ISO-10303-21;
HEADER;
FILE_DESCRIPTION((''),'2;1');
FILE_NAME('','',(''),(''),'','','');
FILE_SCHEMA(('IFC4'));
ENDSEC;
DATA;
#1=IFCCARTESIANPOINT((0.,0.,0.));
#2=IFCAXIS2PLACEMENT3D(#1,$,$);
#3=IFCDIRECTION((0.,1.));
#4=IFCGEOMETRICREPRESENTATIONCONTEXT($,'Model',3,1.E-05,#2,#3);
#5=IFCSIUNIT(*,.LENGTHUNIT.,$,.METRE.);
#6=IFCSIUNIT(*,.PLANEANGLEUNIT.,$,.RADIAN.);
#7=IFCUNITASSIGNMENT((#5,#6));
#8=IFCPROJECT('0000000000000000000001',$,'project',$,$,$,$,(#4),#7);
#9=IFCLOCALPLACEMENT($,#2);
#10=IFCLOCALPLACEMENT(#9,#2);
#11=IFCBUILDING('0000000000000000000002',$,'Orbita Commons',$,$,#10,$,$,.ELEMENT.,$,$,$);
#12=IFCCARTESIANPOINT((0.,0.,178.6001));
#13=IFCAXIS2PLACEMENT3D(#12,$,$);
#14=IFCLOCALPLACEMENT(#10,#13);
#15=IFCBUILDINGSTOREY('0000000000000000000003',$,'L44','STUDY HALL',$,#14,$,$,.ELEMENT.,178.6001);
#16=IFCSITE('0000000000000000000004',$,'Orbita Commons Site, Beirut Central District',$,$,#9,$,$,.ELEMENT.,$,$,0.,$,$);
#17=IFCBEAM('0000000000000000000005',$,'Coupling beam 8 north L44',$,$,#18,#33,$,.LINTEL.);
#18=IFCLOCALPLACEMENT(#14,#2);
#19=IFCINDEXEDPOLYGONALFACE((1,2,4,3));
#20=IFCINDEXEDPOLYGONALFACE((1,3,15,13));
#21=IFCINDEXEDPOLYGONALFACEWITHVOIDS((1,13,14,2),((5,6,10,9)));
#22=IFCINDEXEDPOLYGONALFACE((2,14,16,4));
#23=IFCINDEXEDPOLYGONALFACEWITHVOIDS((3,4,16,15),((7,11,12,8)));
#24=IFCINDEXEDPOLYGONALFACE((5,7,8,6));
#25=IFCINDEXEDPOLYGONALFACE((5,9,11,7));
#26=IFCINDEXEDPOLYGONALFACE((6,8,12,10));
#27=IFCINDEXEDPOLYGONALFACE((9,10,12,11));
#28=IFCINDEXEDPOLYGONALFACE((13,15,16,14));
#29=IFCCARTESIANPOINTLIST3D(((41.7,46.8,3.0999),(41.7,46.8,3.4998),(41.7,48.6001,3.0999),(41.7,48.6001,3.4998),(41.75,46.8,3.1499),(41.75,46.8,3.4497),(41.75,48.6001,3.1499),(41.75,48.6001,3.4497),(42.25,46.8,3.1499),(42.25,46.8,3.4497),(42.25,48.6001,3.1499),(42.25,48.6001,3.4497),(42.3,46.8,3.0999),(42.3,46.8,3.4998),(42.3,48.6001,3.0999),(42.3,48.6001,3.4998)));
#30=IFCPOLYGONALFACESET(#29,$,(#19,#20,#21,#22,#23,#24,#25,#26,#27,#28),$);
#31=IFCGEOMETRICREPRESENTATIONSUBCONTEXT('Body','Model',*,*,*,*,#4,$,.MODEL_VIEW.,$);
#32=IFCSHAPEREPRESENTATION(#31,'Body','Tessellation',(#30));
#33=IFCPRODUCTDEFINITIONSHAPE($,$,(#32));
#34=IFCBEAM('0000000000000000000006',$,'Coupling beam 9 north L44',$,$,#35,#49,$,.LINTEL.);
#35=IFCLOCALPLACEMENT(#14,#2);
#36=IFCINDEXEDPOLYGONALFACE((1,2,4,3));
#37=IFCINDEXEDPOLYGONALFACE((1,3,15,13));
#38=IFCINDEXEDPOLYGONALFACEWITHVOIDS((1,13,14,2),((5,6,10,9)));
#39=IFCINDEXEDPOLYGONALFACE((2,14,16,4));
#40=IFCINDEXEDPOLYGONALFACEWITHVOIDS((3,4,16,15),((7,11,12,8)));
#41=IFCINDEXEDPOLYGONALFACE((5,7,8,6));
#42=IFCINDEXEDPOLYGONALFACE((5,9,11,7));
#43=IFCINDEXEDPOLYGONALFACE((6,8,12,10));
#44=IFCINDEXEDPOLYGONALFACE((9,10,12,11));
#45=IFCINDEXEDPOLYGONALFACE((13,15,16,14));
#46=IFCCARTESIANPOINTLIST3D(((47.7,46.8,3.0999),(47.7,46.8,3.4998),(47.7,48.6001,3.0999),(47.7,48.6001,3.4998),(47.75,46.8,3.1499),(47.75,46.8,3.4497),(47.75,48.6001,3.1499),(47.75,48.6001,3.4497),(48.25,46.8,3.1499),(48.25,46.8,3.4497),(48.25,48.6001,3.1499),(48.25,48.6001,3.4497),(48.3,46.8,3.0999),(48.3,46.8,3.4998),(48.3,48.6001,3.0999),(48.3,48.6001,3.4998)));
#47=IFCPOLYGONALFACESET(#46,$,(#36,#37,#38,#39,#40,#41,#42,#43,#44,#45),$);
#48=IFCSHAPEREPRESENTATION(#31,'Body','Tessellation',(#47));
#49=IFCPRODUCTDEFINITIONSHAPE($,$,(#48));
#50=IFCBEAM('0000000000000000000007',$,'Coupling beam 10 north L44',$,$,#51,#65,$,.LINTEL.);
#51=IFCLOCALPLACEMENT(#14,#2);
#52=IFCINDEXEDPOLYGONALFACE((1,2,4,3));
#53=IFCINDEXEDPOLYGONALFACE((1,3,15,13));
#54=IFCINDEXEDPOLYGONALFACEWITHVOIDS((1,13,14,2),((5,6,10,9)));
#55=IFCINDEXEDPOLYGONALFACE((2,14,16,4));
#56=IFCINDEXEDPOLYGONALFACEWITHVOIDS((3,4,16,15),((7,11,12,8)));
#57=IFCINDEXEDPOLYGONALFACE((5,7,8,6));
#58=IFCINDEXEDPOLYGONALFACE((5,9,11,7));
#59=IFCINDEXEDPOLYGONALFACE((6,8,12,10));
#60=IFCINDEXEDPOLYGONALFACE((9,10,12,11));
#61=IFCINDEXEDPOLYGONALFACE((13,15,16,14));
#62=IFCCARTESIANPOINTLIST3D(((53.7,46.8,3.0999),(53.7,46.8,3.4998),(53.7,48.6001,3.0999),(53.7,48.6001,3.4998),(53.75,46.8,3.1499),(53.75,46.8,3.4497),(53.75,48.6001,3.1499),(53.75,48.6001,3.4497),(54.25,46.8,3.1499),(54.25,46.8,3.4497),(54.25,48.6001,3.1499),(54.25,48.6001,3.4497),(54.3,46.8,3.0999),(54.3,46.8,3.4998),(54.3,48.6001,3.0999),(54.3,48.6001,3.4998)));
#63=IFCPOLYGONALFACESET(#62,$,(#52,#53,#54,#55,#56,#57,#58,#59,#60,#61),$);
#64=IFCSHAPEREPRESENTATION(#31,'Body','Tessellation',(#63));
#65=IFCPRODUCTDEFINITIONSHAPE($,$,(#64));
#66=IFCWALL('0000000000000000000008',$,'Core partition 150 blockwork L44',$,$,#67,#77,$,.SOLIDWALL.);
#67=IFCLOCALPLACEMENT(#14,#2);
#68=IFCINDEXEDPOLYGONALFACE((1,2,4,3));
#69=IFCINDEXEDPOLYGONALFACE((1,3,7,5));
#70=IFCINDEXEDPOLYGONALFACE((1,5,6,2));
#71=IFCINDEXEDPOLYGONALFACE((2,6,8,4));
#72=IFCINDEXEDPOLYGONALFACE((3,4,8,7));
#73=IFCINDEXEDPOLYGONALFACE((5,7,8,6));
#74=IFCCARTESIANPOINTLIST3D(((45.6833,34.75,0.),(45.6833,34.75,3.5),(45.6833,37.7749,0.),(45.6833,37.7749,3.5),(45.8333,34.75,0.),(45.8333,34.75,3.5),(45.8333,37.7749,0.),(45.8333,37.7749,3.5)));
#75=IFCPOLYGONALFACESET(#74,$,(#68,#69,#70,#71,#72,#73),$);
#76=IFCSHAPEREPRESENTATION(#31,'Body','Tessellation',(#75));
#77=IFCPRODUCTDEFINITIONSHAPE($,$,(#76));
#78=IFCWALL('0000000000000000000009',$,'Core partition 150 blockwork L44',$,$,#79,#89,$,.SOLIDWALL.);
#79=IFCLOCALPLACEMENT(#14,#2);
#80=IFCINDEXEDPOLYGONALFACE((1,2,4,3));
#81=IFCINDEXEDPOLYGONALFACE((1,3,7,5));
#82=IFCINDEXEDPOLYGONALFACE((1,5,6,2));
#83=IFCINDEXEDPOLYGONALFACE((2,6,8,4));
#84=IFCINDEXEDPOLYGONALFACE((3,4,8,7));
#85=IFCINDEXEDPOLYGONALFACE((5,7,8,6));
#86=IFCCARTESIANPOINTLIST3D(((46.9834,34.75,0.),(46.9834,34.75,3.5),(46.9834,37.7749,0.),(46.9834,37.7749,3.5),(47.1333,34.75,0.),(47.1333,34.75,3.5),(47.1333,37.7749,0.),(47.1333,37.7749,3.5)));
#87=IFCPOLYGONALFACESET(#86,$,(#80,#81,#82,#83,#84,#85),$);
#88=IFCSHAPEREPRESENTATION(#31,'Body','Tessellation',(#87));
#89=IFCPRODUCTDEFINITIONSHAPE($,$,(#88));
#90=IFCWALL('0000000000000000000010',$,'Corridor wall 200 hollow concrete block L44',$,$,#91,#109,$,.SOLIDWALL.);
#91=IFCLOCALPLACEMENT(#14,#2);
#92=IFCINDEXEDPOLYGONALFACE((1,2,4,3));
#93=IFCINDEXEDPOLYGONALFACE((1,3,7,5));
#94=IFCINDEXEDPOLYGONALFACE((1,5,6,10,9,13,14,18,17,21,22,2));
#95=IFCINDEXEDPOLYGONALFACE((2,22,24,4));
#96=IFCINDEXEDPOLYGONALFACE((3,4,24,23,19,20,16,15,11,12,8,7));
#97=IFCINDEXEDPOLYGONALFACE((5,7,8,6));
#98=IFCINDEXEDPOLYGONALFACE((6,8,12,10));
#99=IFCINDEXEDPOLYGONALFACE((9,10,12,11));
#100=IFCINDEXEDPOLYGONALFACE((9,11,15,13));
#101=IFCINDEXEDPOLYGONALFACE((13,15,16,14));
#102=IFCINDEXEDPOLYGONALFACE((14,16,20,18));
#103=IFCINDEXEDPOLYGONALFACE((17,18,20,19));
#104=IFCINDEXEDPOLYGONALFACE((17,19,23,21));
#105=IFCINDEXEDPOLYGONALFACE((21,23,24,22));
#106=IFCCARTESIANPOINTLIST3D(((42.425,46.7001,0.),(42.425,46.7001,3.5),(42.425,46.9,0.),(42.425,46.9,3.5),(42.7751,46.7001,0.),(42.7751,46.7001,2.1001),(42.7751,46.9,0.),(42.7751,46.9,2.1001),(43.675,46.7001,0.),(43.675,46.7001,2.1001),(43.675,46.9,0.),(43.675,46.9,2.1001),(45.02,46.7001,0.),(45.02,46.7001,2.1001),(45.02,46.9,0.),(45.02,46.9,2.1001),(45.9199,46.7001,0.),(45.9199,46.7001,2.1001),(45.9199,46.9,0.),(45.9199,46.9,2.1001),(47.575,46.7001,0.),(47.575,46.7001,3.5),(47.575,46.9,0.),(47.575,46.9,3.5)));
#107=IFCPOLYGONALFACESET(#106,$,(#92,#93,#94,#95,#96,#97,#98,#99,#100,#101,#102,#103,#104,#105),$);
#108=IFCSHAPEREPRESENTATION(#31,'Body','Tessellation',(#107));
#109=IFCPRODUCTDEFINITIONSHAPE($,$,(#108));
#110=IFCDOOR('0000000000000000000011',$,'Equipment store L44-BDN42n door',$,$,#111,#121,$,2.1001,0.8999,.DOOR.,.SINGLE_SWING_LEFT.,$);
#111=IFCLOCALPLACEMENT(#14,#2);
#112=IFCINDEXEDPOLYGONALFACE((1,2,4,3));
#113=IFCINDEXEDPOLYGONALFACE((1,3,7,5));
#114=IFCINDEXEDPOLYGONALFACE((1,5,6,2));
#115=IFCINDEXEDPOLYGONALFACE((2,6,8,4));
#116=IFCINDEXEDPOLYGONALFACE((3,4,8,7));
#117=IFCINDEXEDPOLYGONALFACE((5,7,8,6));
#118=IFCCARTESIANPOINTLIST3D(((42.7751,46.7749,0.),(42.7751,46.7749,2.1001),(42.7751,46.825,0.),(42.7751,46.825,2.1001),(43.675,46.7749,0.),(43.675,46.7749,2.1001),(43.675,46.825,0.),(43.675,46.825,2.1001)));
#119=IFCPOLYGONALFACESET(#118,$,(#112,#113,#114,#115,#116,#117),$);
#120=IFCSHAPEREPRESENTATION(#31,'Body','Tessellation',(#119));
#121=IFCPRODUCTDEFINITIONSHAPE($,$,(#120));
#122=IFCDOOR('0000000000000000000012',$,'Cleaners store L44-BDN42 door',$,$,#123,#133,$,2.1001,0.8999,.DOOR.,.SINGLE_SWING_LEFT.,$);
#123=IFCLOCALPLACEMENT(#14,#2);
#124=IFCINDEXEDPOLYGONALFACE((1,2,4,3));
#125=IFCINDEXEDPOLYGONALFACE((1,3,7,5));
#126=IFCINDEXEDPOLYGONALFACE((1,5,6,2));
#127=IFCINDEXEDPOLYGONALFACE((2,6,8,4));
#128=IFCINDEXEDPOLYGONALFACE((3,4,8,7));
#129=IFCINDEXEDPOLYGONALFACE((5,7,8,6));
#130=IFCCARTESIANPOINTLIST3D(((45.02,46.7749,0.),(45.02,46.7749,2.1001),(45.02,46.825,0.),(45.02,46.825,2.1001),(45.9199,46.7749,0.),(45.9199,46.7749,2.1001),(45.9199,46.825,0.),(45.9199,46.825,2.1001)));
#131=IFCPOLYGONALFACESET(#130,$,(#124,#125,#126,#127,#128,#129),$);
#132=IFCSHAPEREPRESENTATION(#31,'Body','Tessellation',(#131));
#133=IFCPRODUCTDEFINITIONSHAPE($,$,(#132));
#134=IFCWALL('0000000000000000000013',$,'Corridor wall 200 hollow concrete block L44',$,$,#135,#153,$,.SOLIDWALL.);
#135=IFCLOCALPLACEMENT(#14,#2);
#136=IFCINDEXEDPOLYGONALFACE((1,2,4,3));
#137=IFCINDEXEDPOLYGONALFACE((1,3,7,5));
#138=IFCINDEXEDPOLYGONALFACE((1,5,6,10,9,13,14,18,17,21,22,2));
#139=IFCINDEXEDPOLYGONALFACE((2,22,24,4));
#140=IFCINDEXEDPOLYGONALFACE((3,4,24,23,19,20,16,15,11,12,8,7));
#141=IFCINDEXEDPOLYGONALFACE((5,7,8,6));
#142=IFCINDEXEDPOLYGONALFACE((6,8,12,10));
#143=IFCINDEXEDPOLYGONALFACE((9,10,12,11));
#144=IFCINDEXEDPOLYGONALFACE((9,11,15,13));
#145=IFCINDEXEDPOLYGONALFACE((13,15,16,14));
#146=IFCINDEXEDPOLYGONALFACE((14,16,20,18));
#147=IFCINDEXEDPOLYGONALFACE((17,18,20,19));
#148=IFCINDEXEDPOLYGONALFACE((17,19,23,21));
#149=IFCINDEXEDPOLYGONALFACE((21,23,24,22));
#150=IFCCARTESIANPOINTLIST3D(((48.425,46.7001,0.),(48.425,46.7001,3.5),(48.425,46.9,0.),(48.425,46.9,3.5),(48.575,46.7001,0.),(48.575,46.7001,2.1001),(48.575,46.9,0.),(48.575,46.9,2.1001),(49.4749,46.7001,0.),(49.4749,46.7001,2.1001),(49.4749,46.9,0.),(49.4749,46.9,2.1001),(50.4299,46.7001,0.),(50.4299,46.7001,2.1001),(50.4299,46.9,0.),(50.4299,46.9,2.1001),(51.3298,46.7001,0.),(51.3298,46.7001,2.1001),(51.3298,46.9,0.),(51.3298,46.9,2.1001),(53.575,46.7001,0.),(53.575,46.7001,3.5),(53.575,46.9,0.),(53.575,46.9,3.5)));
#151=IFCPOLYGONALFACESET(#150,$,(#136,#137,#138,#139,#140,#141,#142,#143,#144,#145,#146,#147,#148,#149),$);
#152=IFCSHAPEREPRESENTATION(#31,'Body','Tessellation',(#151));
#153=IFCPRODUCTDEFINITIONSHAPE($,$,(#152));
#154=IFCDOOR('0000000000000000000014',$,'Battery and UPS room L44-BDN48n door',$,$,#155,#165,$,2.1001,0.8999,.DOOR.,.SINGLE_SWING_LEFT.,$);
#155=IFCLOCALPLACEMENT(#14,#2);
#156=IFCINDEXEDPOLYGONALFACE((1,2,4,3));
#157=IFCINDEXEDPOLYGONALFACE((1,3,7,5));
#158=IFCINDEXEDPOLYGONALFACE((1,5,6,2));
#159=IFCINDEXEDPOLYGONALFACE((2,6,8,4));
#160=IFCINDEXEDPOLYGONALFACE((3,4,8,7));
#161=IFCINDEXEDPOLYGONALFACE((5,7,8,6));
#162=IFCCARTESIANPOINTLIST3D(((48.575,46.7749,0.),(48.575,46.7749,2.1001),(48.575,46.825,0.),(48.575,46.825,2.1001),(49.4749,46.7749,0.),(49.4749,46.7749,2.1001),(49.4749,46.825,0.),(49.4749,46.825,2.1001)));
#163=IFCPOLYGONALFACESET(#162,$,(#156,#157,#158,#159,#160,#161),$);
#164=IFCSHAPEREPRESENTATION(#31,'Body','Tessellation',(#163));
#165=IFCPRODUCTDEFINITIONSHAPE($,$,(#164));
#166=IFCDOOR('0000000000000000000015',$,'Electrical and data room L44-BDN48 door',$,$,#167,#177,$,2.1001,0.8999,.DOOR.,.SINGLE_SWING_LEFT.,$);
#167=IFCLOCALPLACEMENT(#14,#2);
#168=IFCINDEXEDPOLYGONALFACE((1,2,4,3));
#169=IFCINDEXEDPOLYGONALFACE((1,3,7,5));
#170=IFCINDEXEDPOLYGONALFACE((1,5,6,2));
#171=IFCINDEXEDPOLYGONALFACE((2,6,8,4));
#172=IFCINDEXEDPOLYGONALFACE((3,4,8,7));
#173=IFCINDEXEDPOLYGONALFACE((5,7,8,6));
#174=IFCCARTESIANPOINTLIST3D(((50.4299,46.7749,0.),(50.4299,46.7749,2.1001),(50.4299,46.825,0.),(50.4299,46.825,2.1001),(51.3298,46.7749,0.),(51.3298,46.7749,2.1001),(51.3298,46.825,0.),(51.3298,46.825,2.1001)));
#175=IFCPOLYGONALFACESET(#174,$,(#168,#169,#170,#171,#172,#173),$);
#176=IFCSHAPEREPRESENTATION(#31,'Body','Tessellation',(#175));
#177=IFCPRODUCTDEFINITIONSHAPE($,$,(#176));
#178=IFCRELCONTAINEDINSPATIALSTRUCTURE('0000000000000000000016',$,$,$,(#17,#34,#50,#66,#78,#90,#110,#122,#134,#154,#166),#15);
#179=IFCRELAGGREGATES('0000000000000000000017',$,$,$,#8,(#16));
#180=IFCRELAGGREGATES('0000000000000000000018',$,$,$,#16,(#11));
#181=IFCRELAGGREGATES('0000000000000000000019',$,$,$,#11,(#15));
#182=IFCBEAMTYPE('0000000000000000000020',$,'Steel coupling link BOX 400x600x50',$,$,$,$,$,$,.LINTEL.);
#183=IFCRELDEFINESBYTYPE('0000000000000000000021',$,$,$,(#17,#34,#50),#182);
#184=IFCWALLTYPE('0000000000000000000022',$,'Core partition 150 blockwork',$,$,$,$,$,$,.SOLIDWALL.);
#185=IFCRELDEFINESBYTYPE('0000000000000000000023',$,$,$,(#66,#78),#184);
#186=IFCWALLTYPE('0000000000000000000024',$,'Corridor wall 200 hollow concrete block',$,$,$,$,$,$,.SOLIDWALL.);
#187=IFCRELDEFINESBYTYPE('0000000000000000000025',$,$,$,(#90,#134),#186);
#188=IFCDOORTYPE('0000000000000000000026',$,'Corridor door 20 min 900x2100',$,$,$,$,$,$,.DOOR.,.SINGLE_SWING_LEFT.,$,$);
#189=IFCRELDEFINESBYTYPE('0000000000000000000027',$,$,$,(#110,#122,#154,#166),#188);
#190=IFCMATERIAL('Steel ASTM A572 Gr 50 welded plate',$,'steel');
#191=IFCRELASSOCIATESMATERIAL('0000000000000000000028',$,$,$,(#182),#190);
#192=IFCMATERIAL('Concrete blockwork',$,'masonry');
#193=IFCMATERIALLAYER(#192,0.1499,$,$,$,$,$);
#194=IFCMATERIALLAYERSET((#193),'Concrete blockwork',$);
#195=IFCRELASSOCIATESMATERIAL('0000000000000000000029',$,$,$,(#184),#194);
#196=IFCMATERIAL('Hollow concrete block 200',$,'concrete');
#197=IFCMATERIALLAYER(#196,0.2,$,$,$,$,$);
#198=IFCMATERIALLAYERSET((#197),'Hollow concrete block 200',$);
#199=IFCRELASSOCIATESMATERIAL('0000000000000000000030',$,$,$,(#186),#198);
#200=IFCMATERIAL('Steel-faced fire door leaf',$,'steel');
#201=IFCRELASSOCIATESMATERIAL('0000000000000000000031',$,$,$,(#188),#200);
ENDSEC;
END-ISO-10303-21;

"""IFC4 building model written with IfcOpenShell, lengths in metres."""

from ifc_helpers import new_model, si_unit, direction, frame, frame_2d, origin, origin_2d, place, context, subcontext, project, spatial, rectangle, hollow_rectangle, extrude, material, layer, layer_set, material_profile, profile_set, type_object, element, fill, save


model = new_model("IFC4")

# Units and contexts
model_context = context("Model", 3, precision=1e-05, world=origin(), true_north=direction((0.0, 1.0)))
body_context = subcontext(model_context, "Body", "Model", "MODEL_VIEW")
ifc_project = project(units=[si_unit("LENGTHUNIT", "METRE"), si_unit("PLANEANGLEUNIT", "RADIAN")], contexts=[model_context])

# Site, building, storey
site_placement = place(None, origin())
site = spatial("IfcSite", under=ifc_project, at=site_placement, Name="Orbita Commons Site, Beirut Central District", CompositionType="ELEMENT", RefElevation=0.0)
building_placement = place(site_placement, origin())
building = spatial("IfcBuilding", under=site, at=building_placement, Name="Orbita Commons", CompositionType="ELEMENT")
storey_placement = place(building_placement, frame((0.0, 0.0, 178.6001)))
storey = spatial("IfcBuildingStorey", under=building, at=storey_placement, Name="L44", Description="STUDY HALL", CompositionType="ELEMENT", Elevation=178.6001)

# Beams
ifc_material_1 = material(Name="Steel ASTM A572 Gr 50 welded plate", Category="steel")
ifc_material_profile = material_profile(ifc_material_1, hollow_rectangle(XDim=0.6001, YDim=0.3999, WallThickness=0.05, at=origin_2d()), Name="BOX 400x600x50")
ifc_profile_set = profile_set([ifc_material_profile], Name="Steel ASTM A572 Gr 50 welded plate")
beam_type = type_object("IfcBeamType", Name="Steel coupling link BOX 400x600x50", PredefinedType="LINTEL", material=ifc_profile_set)
for number, where, z_axis, x_axis, name in (
    (1, (42.0, 46.8, 3.2998), (0.0, 1.0, 0.0), (-1.0, 0.0, 0.0), "Coupling beam 8 north L44"),
    (2, (48.0, 46.8, 3.2998), (0.0, 1.0, 0.0), (-1.0, 0.0, 0.0), "Coupling beam 9 north L44"),
    (3, (54.0, 46.8, 3.2998), (0.0, 1.0, 0.0), (-1.0, 0.0, 0.0), "Coupling beam 10 north L44"),
):
    element("IfcBeam", number, at=place(storey_placement, frame(where, z_axis=z_axis, x_axis=x_axis)), inside=storey, type_object=beam_type, Name=name, PredefinedType="LINTEL", context=body_context, shape_type="SweptSolid", body=[
        extrude(hollow_rectangle(XDim=0.6001, YDim=0.3999, WallThickness=0.05, at=origin_2d()), origin(), (0.0, 0.0, 1.0), 1.8),
    ])

# Walls
ifc_material_2 = material(Name="Concrete blockwork", Category="masonry")
ifc_layer_1 = layer(ifc_material_2, 0.1499)
ifc_layer_set_1 = layer_set([ifc_layer_1], Name="Concrete blockwork")
wall_type_1 = type_object("IfcWallType", Name="Core partition 150 blockwork", PredefinedType="SOLIDWALL", material=ifc_layer_set_1)
for number, where, z_axis, x_axis, name in (
    (4, (45.7583, 34.75, 0.0), (0.0, 0.0, 1.0), (0.0, 1.0, 0.0), "Core partition 150 blockwork L44"),
    (5, (47.0583, 34.75, 0.0), (0.0, 0.0, 1.0), (0.0, 1.0, 0.0), "Core partition 150 blockwork L44"),
):
    element("IfcWall", number, at=place(storey_placement, frame(where, z_axis=z_axis, x_axis=x_axis)), inside=storey, type_object=wall_type_1, Name=name, PredefinedType="SOLIDWALL", context=body_context, shape_type="SweptSolid", body=[
        extrude(rectangle(XDim=3.0249, YDim=0.1499, at=frame_2d((1.5125, 0.0))), origin(), (0.0, 0.0, 1.0), 3.5),
    ])

# Walls, openings, doors
ifc_material_3 = material(Name="Hollow concrete block 200", Category="concrete")
ifc_layer_2 = layer(ifc_material_3, 0.2)
ifc_layer_set_2 = layer_set([ifc_layer_2], Name="Hollow concrete block 200")
wall_type_2 = type_object("IfcWallType", Name="Corridor wall 200 hollow concrete block", PredefinedType="SOLIDWALL", material=ifc_layer_set_2)
wall_1_placement = place(storey_placement, frame((42.425, 46.8, 0.0), z_axis=(0.0, 0.0, 1.0), x_axis=(1.0, 0.0, 0.0)))
wall_1 = element("IfcWall", 6, at=wall_1_placement, inside=storey, type_object=wall_type_2, Name="Corridor wall 200 hollow concrete block L44", PredefinedType="SOLIDWALL", context=body_context, shape_type="SweptSolid", body=[
    extrude(rectangle(XDim=5.1499, YDim=0.2, at=frame_2d((2.575, 0.0))), origin(), (0.0, 0.0, 1.0), 3.5),
])
opening_1_placement = place(wall_1_placement, frame((0.3501, 0.0, 0.0)))
opening_1 = element("IfcOpeningElement", 7, at=opening_1_placement, cuts=wall_1, PredefinedType="OPENING", context=body_context, shape_type="SweptSolid", body=[
    extrude(rectangle(XDim=0.8999, YDim=2.1001, at=frame_2d((0.45, 1.05))), frame((0.0, 0.1099, 0.0), z_axis=(0.0, -1.0, 0.0), x_axis=(1.0, 0.0, 0.0)), (0.0, 0.0, 1.0), 0.22),
])
opening_2_placement = place(wall_1_placement, frame((2.595, 0.0, 0.0)))
opening_2 = element("IfcOpeningElement", 8, at=opening_2_placement, cuts=wall_1, PredefinedType="OPENING", context=body_context, shape_type="SweptSolid", body=[
    extrude(rectangle(XDim=0.8999, YDim=2.1001, at=frame_2d((0.45, 1.05))), frame((0.0, 0.1099, 0.0), z_axis=(0.0, -1.0, 0.0), x_axis=(1.0, 0.0, 0.0)), (0.0, 0.0, 1.0), 0.22),
])
ifc_material_4 = material(Name="Steel-faced fire door leaf", Category="steel")
door_type = type_object("IfcDoorType", Name="Corridor door 20 min 900x2100", OperationType="SINGLE_SWING_LEFT", PredefinedType="DOOR", material=ifc_material_4)
door_1_placement = place(opening_1_placement, origin())
door_1 = element("IfcDoor", 9, at=door_1_placement, inside=storey, type_object=door_type, Name="Equipment store L44-BDN42n door", OperationType="SINGLE_SWING_LEFT", OverallHeight=2.1001, OverallWidth=0.8999, PredefinedType="DOOR", context=body_context, shape_type="SweptSolid", body=[
    extrude(rectangle(XDim=0.8999, YDim=2.1001, at=frame_2d((0.45, 1.05))), frame((0.0, 0.0249, 0.0), z_axis=(0.0, -1.0, 0.0), x_axis=(1.0, 0.0, 0.0)), (0.0, 0.0, 1.0), 0.05),
])
fill(opening_1, door_1)
door_2_placement = place(opening_2_placement, origin())
door_2 = element("IfcDoor", 10, at=door_2_placement, inside=storey, type_object=door_type, Name="Cleaners store L44-BDN42 door", OperationType="SINGLE_SWING_LEFT", OverallHeight=2.1001, OverallWidth=0.8999, PredefinedType="DOOR", context=body_context, shape_type="SweptSolid", body=[
    extrude(rectangle(XDim=0.8999, YDim=2.1001, at=frame_2d((0.45, 1.05))), frame((0.0, 0.0249, 0.0), z_axis=(0.0, -1.0, 0.0), x_axis=(1.0, 0.0, 0.0)), (0.0, 0.0, 1.0), 0.05),
])
fill(opening_2, door_2)
wall_2_placement = place(storey_placement, frame((48.425, 46.8, 0.0), z_axis=(0.0, 0.0, 1.0), x_axis=(1.0, 0.0, 0.0)))
wall_2 = element("IfcWall", 11, at=wall_2_placement, inside=storey, type_object=wall_type_2, Name="Corridor wall 200 hollow concrete block L44", PredefinedType="SOLIDWALL", context=body_context, shape_type="SweptSolid", body=[
    extrude(rectangle(XDim=5.1499, YDim=0.2, at=frame_2d((2.575, 0.0))), origin(), (0.0, 0.0, 1.0), 3.5),
])
opening_3_placement = place(wall_2_placement, frame((0.1499, 0.0, 0.0)))
opening_3 = element("IfcOpeningElement", 12, at=opening_3_placement, cuts=wall_2, PredefinedType="OPENING", context=body_context, shape_type="SweptSolid", body=[
    extrude(rectangle(XDim=0.8999, YDim=2.1001, at=frame_2d((0.45, 1.05))), frame((0.0, 0.1099, 0.0), z_axis=(0.0, -1.0, 0.0), x_axis=(1.0, 0.0, 0.0)), (0.0, 0.0, 1.0), 0.22),
])
opening_4_placement = place(wall_2_placement, frame((2.0049, 0.0, 0.0)))
opening_4 = element("IfcOpeningElement", 13, at=opening_4_placement, cuts=wall_2, PredefinedType="OPENING", context=body_context, shape_type="SweptSolid", body=[
    extrude(rectangle(XDim=0.8999, YDim=2.1001, at=frame_2d((0.45, 1.05))), frame((0.0, 0.1099, 0.0), z_axis=(0.0, -1.0, 0.0), x_axis=(1.0, 0.0, 0.0)), (0.0, 0.0, 1.0), 0.22),
])
door_3_placement = place(opening_3_placement, origin())
door_3 = element("IfcDoor", 14, at=door_3_placement, inside=storey, type_object=door_type, Name="Battery and UPS room L44-BDN48n door", OperationType="SINGLE_SWING_LEFT", OverallHeight=2.1001, OverallWidth=0.8999, PredefinedType="DOOR", context=body_context, shape_type="SweptSolid", body=[
    extrude(rectangle(XDim=0.8999, YDim=2.1001, at=frame_2d((0.45, 1.05))), frame((0.0, 0.0249, 0.0), z_axis=(0.0, -1.0, 0.0), x_axis=(1.0, 0.0, 0.0)), (0.0, 0.0, 1.0), 0.05),
])
fill(opening_3, door_3)
door_4_placement = place(opening_4_placement, origin())
door_4 = element("IfcDoor", 15, at=door_4_placement, inside=storey, type_object=door_type, Name="Electrical and data room L44-BDN48 door", OperationType="SINGLE_SWING_LEFT", OverallHeight=2.1001, OverallWidth=0.8999, PredefinedType="DOOR", context=body_context, shape_type="SweptSolid", body=[
    extrude(rectangle(XDim=0.8999, YDim=2.1001, at=frame_2d((0.45, 1.05))), frame((0.0, 0.0249, 0.0), z_axis=(0.0, -1.0, 0.0), x_axis=(1.0, 0.0, 0.0)), (0.0, 0.0, 1.0), 0.05),
])
fill(opening_4, door_4)

save(model, "model.ifc")
